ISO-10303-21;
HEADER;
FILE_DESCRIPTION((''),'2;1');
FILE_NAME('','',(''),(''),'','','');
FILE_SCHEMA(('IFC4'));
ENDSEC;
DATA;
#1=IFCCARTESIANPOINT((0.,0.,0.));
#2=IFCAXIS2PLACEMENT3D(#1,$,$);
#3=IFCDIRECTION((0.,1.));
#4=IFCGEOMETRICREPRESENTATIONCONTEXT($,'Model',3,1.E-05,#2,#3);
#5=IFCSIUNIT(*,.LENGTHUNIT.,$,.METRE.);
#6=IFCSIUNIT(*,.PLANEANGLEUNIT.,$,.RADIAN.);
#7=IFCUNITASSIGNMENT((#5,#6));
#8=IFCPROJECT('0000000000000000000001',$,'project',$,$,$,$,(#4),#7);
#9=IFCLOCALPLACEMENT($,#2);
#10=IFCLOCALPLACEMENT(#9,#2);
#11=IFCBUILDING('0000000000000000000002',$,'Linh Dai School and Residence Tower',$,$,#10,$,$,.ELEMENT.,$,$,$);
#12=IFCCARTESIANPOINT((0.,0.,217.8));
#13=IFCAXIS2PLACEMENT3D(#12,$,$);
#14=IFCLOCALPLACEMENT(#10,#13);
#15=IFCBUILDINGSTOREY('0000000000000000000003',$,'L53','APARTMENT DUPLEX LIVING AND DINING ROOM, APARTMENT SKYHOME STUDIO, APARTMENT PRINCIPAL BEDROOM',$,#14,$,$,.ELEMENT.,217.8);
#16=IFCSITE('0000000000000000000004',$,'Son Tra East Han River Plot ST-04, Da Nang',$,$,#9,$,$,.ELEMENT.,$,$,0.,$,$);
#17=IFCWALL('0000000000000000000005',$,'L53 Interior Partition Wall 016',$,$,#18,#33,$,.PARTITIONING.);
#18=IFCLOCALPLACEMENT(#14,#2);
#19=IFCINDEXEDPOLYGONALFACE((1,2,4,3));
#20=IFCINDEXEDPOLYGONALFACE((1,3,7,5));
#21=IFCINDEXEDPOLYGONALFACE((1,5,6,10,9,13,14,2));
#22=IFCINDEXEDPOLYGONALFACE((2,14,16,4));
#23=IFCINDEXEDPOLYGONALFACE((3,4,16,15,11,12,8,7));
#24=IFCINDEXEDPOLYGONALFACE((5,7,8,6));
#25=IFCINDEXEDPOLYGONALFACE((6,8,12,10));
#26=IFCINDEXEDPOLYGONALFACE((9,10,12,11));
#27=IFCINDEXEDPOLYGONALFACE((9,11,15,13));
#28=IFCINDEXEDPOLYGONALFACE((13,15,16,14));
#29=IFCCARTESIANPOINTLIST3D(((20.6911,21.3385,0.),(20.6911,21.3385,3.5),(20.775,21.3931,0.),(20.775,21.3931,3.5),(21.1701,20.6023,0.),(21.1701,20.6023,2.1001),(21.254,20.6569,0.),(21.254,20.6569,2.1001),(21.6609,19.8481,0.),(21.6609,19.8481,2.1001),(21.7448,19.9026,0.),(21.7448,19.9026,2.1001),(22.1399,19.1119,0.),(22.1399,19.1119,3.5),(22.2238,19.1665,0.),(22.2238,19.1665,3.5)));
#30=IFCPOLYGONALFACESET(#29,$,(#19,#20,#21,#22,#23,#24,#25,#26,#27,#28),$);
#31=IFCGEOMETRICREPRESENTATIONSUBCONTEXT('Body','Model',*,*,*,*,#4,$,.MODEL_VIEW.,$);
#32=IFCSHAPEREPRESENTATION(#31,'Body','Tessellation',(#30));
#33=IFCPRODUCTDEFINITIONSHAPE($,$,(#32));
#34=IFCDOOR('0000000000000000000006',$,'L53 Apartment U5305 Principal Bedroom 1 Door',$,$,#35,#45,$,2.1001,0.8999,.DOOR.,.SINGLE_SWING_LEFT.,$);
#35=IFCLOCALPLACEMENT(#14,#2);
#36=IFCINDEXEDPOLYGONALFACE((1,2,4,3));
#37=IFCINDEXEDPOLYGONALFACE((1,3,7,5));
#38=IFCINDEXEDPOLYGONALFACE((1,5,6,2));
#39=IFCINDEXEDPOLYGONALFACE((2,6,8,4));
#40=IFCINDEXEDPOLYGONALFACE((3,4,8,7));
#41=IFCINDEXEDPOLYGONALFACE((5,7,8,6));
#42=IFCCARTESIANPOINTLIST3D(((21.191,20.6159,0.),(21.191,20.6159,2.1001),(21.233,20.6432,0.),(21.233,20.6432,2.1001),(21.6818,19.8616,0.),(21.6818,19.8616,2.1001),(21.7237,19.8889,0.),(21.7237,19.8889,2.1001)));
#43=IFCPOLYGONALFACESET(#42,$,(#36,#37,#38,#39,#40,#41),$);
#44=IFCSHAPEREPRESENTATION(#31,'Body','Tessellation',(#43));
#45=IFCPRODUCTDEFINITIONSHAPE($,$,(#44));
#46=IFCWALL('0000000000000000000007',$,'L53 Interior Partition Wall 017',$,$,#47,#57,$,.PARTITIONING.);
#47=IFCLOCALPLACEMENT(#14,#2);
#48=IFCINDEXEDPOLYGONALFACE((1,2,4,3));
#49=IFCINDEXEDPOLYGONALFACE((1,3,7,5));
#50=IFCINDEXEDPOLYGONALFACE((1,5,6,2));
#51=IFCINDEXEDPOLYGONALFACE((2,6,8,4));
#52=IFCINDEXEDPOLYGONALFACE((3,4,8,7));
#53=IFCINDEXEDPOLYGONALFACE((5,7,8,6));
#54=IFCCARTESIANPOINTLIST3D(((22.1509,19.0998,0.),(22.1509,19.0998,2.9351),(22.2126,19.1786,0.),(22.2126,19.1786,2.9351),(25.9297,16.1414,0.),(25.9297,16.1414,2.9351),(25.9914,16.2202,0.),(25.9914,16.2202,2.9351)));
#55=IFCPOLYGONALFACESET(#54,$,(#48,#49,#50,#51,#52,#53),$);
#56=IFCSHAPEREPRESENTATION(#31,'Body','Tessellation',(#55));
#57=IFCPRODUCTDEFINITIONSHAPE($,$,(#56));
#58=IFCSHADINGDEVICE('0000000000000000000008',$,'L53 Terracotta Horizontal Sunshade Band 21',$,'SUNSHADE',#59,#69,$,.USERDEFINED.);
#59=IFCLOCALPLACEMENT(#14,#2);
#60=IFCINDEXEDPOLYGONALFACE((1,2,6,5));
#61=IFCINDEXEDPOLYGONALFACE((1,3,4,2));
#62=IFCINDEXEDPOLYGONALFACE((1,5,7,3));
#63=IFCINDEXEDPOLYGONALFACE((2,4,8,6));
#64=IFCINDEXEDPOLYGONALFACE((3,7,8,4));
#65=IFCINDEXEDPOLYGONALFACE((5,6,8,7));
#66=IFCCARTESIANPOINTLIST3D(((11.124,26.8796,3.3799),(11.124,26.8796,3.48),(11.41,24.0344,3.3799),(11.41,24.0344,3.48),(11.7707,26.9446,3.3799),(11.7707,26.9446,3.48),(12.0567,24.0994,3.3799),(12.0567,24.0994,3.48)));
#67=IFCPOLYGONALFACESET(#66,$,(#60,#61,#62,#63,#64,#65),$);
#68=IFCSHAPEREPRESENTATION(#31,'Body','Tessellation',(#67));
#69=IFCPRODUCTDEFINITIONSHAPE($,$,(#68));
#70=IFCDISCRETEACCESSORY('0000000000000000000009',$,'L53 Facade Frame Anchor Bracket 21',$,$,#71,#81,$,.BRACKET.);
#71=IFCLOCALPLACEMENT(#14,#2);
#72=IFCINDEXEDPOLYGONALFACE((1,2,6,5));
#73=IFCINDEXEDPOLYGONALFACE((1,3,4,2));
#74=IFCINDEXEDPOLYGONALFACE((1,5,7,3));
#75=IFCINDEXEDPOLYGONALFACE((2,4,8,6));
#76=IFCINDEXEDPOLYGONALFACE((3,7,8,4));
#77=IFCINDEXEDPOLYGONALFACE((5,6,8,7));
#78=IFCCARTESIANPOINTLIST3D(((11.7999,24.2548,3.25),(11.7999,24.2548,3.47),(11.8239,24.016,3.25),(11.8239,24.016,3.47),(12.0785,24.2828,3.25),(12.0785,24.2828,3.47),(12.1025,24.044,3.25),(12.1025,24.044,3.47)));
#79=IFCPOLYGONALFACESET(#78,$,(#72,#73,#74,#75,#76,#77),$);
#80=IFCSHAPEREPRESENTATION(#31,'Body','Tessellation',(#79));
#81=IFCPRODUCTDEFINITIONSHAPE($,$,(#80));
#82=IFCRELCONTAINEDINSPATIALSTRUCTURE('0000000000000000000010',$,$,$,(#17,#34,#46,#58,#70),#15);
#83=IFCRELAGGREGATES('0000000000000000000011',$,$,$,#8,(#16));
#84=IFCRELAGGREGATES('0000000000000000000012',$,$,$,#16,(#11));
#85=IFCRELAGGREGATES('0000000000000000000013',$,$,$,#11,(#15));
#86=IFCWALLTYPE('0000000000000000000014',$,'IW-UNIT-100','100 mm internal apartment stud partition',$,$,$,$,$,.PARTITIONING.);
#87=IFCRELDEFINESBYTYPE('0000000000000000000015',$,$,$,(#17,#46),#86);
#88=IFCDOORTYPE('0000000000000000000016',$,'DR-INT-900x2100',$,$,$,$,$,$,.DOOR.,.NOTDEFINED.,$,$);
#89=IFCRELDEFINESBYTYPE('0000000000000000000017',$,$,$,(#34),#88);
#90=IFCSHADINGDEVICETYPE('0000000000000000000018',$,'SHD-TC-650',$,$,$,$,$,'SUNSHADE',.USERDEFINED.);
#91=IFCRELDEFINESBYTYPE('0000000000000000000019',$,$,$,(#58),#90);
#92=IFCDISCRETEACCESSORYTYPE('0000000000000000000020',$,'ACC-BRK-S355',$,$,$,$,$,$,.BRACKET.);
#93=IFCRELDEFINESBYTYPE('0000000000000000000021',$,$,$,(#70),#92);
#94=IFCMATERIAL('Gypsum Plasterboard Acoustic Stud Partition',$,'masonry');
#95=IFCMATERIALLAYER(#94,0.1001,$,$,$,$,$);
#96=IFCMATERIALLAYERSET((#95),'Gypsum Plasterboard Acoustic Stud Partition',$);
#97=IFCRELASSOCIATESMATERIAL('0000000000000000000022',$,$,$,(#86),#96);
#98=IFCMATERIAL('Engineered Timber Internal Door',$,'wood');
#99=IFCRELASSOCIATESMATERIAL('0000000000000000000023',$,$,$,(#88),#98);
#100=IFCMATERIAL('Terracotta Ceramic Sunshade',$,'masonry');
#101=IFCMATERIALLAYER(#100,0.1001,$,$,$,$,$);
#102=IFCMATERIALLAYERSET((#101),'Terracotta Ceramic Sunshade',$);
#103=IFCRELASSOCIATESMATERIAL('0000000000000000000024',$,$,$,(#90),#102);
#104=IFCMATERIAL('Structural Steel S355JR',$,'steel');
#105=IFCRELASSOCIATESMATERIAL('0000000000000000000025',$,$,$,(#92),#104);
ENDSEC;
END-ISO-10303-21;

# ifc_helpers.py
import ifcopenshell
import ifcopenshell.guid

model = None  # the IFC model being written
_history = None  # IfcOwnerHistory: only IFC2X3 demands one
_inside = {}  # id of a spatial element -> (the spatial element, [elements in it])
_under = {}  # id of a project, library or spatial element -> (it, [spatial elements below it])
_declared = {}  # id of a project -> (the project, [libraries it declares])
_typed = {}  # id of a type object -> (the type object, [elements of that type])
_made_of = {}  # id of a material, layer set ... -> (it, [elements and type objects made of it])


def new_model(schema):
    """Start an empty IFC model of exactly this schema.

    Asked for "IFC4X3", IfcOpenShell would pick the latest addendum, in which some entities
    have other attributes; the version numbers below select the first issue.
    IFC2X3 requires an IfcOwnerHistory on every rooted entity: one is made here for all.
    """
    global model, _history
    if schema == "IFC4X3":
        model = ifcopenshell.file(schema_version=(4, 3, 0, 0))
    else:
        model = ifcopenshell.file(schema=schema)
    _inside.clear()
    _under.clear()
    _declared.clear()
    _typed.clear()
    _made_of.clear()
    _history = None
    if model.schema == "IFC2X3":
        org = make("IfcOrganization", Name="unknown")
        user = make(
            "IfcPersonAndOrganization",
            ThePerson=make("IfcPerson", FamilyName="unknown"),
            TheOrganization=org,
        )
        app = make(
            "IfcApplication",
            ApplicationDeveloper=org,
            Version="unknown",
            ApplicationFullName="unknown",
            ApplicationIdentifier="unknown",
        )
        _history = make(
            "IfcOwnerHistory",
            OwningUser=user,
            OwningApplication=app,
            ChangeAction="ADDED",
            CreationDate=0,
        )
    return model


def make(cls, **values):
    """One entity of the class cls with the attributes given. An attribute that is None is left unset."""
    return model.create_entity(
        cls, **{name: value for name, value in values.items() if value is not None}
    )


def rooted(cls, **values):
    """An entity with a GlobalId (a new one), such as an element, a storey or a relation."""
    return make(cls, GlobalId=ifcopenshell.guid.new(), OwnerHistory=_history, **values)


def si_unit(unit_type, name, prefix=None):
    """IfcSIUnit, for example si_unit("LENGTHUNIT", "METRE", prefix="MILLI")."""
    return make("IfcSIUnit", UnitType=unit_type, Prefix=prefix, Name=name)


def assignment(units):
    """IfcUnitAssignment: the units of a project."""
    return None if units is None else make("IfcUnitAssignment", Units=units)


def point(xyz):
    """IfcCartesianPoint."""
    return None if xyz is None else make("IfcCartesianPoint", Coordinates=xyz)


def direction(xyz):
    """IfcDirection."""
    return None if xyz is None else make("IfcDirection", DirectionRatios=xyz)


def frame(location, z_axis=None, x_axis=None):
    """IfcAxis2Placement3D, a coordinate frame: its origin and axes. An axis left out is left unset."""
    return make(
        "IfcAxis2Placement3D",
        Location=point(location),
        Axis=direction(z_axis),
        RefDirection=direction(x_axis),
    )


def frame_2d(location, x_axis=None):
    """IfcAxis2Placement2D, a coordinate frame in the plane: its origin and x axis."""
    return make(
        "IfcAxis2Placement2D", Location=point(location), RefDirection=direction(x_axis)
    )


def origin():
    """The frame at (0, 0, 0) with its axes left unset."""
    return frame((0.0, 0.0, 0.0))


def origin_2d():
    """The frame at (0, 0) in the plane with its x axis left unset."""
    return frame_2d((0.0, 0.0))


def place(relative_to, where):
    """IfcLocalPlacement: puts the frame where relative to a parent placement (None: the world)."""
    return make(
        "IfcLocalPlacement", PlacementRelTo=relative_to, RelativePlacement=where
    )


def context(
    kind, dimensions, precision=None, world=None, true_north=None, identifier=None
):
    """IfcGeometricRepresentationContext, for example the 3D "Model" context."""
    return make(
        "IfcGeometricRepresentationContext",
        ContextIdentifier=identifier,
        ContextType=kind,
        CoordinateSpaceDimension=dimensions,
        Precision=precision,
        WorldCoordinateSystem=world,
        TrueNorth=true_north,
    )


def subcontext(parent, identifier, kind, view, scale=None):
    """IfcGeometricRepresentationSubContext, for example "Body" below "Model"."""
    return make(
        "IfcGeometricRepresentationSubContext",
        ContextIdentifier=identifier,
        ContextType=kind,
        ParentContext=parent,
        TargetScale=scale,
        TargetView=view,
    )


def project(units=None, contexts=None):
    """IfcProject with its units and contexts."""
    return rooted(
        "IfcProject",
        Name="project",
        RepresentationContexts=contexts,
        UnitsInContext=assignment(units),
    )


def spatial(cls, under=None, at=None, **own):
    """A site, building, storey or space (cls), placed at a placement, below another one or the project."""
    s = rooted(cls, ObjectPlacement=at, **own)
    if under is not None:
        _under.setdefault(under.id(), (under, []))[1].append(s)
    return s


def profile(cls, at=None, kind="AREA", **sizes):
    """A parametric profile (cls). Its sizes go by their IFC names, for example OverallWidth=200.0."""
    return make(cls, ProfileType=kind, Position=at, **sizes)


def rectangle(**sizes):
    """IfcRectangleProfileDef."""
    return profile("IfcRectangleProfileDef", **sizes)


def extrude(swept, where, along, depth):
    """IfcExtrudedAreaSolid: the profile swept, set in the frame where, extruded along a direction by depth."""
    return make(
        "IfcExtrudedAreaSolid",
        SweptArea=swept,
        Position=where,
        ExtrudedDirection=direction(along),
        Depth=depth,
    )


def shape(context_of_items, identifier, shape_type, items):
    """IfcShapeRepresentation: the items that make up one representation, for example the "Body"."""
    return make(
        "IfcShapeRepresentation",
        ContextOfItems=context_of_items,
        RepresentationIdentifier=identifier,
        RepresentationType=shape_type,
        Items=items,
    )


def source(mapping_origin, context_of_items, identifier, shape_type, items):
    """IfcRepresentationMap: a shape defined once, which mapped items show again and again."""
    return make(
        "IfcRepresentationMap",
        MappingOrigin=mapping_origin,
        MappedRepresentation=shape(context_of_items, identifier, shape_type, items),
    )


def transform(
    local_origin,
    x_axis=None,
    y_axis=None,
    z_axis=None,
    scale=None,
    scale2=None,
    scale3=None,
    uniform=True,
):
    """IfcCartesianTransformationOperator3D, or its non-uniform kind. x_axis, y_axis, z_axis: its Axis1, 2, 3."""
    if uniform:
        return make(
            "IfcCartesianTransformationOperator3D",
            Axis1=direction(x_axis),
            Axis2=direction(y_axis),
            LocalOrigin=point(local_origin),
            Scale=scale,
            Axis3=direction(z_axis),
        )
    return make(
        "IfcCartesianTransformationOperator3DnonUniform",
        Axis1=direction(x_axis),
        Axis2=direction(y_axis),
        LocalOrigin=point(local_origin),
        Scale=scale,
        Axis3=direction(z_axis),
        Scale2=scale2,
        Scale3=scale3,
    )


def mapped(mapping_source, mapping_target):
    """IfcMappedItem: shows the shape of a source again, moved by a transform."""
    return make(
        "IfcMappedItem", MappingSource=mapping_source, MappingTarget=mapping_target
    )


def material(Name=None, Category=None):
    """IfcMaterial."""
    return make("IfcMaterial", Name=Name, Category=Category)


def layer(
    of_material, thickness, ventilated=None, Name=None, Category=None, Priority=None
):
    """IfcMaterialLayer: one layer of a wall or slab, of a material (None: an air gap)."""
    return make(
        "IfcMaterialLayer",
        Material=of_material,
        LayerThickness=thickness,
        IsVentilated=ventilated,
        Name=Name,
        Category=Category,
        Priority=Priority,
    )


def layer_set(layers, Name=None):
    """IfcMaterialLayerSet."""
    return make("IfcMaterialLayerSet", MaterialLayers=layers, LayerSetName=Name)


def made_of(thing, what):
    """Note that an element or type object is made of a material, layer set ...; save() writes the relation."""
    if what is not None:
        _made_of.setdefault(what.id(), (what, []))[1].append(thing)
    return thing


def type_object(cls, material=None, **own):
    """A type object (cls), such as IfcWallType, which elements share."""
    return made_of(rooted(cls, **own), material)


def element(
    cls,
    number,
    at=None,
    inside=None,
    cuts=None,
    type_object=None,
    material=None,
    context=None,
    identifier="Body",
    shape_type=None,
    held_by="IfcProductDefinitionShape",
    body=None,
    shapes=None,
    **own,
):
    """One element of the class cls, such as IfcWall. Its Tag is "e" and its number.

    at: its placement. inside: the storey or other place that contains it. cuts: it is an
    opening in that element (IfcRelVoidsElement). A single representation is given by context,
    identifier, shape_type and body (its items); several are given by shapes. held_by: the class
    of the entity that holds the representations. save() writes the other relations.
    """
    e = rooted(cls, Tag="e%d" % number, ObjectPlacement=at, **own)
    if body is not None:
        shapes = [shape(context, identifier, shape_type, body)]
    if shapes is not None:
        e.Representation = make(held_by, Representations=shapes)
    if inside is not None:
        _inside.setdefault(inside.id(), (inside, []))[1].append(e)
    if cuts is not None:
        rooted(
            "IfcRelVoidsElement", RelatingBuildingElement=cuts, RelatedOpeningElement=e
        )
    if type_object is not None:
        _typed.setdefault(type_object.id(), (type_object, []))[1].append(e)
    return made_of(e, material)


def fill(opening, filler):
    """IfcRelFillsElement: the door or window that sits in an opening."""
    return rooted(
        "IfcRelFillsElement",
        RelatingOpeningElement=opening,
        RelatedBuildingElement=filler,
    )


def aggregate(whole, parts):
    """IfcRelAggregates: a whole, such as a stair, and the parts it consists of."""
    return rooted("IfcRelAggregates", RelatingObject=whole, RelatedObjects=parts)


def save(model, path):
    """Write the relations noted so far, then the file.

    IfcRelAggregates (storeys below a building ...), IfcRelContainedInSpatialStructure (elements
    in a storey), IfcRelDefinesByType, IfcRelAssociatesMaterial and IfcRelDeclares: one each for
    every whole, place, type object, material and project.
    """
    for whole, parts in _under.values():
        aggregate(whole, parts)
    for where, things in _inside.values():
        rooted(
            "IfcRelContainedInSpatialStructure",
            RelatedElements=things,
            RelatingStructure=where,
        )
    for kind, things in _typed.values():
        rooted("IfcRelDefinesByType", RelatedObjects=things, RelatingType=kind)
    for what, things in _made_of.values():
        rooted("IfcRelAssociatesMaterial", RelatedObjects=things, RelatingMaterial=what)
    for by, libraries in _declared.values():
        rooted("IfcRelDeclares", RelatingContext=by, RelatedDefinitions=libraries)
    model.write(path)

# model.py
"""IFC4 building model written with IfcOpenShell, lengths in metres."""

from ifc_helpers import new_model, si_unit, direction, frame, frame_2d, origin, origin_2d, place, context, subcontext, project, spatial, rectangle, extrude, source, transform, mapped, material, layer, layer_set, type_object, element, fill, save


model = new_model("IFC4")

# Units and contexts
model_context = context("Model", 3, precision=1e-05, world=origin(), true_north=direction((0.0, 1.0)))
body_context = subcontext(model_context, "Body", "Model", "MODEL_VIEW")
ifc_project = project(units=[si_unit("LENGTHUNIT", "METRE"), si_unit("PLANEANGLEUNIT", "RADIAN")], contexts=[model_context])

# Site, building, storey
site_placement = place(None, origin())
site = spatial("IfcSite", under=ifc_project, at=site_placement, Name="Son Tra East Han River Plot ST-04, Da Nang", CompositionType="ELEMENT", RefElevation=0.0)
building_placement = place(site_placement, origin())
building = spatial("IfcBuilding", under=site, at=building_placement, Name="Linh Dai School and Residence Tower", CompositionType="ELEMENT")
storey_placement = place(building_placement, frame((0.0, 0.0, 217.8)))
storey = spatial("IfcBuildingStorey", under=building, at=storey_placement, Name="L53", Description="APARTMENT DUPLEX LIVING AND DINING ROOM, APARTMENT SKYHOME STUDIO, APARTMENT PRINCIPAL BEDROOM", CompositionType="ELEMENT", Elevation=217.8)

# Shared definitions
ifc_material_1 = material(Name="Structural Steel S355JR", Category="steel")

# Shared definitions
ifc_material_2 = material(Name="Gypsum Plasterboard Acoustic Stud Partition", Category="masonry")
ifc_layer_1 = layer(ifc_material_2, 0.1001)
ifc_layer_set_1 = layer_set([ifc_layer_1], Name="Gypsum Plasterboard Acoustic Stud Partition")
wall_type_1 = type_object("IfcWallType", Name="IW-UNIT-100", Description="100 mm internal apartment stud partition", PredefinedType="PARTITIONING", material=ifc_layer_set_1)

# Wall, opening, door
ifc_material_3 = material(Name="Engineered Timber Internal Door", Category="wood")
door_type = type_object("IfcDoorType", Name="DR-INT-900x2100", OperationType="NOTDEFINED", PredefinedType="DOOR", material=ifc_material_3)
shared_shape_1 = source(origin(), body_context, "Body", "SweptSolid", [
    extrude(rectangle(XDim=0.8999, YDim=2.1001, at=origin_2d()), frame((0.45, 0.0249, 1.05), z_axis=(0.0, -1.0, 0.0), x_axis=(1.0, 0.0, 0.0)), (0.0, 0.0, 1.0), 0.05),
])
wall_1_placement = place(storey_placement, frame((20.7332, 21.3657, 0.0), z_axis=(0.0, 0.0, 1.0), x_axis=(0.545376, -0.838192, 0.0)))
wall_1 = element("IfcWall", 1, at=wall_1_placement, inside=storey, type_object=wall_type_1, Name="L53 Interior Partition Wall 016", PredefinedType="PARTITIONING", context=body_context, shape_type="SweptSolid", body=[
    extrude(rectangle(XDim=2.6565, YDim=0.1001, at=frame_2d((1.3281, 0.0))), origin(), (0.0, 0.0, 1.0), 3.5),
])
opening_1_placement = place(wall_1_placement, frame((0.8782, 0.0, 0.0)))
opening_1 = element("IfcOpeningElement", 2, at=opening_1_placement, cuts=wall_1, PredefinedType="OPENING", context=body_context, shape_type="SweptSolid", body=[
    extrude(rectangle(XDim=0.8999, YDim=2.1001, at=origin_2d()), frame((0.45, 0.0601, 1.05), z_axis=(0.0, -1.0, 0.0), x_axis=(1.0, 0.0, 0.0)), (0.0, 0.0, 1.0), 0.1201),
])
door_1_placement = place(opening_1_placement, origin())
door_1 = element("IfcDoor", 3, at=door_1_placement, inside=storey, type_object=door_type, Name="L53 Apartment U5305 Principal Bedroom 1 Door", OperationType="SINGLE_SWING_LEFT", OverallHeight=2.1001, OverallWidth=0.8999, PredefinedType="DOOR", context=body_context, shape_type="MappedRepresentation", body=[
    mapped(shared_shape_1, transform((0.0, 0.0, 0.0), x_axis=(1.0, 0.0, 0.0), y_axis=(0.0, 1.0, 0.0), z_axis=(0.0, 0.0, 1.0), scale=1.0)),
])
fill(opening_1, door_1)

# Wall
wall_2_placement = place(storey_placement, frame((22.1819, 19.1392, 0.0), z_axis=(0.0, 0.0, 1.0), x_axis=(0.787387, -0.616459, 0.0)))
element("IfcWall", 4, at=wall_2_placement, inside=storey, type_object=wall_type_1, Name="L53 Interior Partition Wall 017", PredefinedType="PARTITIONING", context=body_context, shape_type="SweptSolid", body=[
    extrude(rectangle(XDim=4.7991, YDim=0.1001, at=frame_2d((2.3994, 0.0))), origin(), (0.0, 0.0, 1.0), 2.9351),
])

# Shading device
ifc_material_4 = material(Name="Terracotta Ceramic Sunshade", Category="masonry")
ifc_layer_2 = layer(ifc_material_4, 0.1001)
ifc_layer_set_2 = layer_set([ifc_layer_2], Name="Terracotta Ceramic Sunshade")
shading_device_type = type_object("IfcShadingDeviceType", Name="SHD-TC-650", ElementType="SUNSHADE", PredefinedType="USERDEFINED", material=ifc_layer_set_2)
shared_shape_2 = source(origin(), body_context, "Body", "SweptSolid", [
    extrude(rectangle(XDim=2.8596, YDim=0.6499, at=origin_2d()), origin(), (0.0, 0.0, 1.0), 0.1001),
])
shading_device_placement = place(storey_placement, frame((11.5903, 25.4895, 3.3799), z_axis=(0.0, 0.0, 1.0), x_axis=(-0.100012, 0.994986, 0.0)))
element("IfcShadingDevice", 5, at=shading_device_placement, inside=storey, type_object=shading_device_type, Name="L53 Terracotta Horizontal Sunshade Band 21", ObjectType="SUNSHADE", PredefinedType="USERDEFINED", context=body_context, shape_type="MappedRepresentation", body=[
    mapped(shared_shape_2, transform((0.0, 0.0, 0.0), x_axis=(1.0, 0.0, 0.0), y_axis=(0.0, 1.0, 0.0), z_axis=(0.0, 0.0, 1.0), scale=1.0)),
])

# Discrete accessory
discrete_accessory_type = type_object("IfcDiscreteAccessoryType", Name="ACC-BRK-S355", PredefinedType="BRACKET", material=ifc_material_1)
shared_shape_3 = source(origin(), body_context, "Body", "SweptSolid", [
    extrude(rectangle(XDim=0.28, YDim=0.24, at=origin_2d()), origin(), (0.0, 0.0, 1.0), 0.22),
])
discrete_accessory_placement = place(storey_placement, frame((11.9512, 24.1494, 3.25), z_axis=(0.0, 0.0, 1.0), x_axis=(-0.994986, -0.100012, 0.0)))
element("IfcDiscreteAccessory", 6, at=discrete_accessory_placement, inside=storey, type_object=discrete_accessory_type, Name="L53 Facade Frame Anchor Bracket 21", PredefinedType="BRACKET", context=body_context, shape_type="MappedRepresentation", body=[
    mapped(shared_shape_3, transform((0.0, 0.0, 0.0), x_axis=(1.0, 0.0, 0.0), y_axis=(0.0, 1.0, 0.0), z_axis=(0.0, 0.0, 1.0), scale=1.0)),
])

save(model, "model.ifc")
